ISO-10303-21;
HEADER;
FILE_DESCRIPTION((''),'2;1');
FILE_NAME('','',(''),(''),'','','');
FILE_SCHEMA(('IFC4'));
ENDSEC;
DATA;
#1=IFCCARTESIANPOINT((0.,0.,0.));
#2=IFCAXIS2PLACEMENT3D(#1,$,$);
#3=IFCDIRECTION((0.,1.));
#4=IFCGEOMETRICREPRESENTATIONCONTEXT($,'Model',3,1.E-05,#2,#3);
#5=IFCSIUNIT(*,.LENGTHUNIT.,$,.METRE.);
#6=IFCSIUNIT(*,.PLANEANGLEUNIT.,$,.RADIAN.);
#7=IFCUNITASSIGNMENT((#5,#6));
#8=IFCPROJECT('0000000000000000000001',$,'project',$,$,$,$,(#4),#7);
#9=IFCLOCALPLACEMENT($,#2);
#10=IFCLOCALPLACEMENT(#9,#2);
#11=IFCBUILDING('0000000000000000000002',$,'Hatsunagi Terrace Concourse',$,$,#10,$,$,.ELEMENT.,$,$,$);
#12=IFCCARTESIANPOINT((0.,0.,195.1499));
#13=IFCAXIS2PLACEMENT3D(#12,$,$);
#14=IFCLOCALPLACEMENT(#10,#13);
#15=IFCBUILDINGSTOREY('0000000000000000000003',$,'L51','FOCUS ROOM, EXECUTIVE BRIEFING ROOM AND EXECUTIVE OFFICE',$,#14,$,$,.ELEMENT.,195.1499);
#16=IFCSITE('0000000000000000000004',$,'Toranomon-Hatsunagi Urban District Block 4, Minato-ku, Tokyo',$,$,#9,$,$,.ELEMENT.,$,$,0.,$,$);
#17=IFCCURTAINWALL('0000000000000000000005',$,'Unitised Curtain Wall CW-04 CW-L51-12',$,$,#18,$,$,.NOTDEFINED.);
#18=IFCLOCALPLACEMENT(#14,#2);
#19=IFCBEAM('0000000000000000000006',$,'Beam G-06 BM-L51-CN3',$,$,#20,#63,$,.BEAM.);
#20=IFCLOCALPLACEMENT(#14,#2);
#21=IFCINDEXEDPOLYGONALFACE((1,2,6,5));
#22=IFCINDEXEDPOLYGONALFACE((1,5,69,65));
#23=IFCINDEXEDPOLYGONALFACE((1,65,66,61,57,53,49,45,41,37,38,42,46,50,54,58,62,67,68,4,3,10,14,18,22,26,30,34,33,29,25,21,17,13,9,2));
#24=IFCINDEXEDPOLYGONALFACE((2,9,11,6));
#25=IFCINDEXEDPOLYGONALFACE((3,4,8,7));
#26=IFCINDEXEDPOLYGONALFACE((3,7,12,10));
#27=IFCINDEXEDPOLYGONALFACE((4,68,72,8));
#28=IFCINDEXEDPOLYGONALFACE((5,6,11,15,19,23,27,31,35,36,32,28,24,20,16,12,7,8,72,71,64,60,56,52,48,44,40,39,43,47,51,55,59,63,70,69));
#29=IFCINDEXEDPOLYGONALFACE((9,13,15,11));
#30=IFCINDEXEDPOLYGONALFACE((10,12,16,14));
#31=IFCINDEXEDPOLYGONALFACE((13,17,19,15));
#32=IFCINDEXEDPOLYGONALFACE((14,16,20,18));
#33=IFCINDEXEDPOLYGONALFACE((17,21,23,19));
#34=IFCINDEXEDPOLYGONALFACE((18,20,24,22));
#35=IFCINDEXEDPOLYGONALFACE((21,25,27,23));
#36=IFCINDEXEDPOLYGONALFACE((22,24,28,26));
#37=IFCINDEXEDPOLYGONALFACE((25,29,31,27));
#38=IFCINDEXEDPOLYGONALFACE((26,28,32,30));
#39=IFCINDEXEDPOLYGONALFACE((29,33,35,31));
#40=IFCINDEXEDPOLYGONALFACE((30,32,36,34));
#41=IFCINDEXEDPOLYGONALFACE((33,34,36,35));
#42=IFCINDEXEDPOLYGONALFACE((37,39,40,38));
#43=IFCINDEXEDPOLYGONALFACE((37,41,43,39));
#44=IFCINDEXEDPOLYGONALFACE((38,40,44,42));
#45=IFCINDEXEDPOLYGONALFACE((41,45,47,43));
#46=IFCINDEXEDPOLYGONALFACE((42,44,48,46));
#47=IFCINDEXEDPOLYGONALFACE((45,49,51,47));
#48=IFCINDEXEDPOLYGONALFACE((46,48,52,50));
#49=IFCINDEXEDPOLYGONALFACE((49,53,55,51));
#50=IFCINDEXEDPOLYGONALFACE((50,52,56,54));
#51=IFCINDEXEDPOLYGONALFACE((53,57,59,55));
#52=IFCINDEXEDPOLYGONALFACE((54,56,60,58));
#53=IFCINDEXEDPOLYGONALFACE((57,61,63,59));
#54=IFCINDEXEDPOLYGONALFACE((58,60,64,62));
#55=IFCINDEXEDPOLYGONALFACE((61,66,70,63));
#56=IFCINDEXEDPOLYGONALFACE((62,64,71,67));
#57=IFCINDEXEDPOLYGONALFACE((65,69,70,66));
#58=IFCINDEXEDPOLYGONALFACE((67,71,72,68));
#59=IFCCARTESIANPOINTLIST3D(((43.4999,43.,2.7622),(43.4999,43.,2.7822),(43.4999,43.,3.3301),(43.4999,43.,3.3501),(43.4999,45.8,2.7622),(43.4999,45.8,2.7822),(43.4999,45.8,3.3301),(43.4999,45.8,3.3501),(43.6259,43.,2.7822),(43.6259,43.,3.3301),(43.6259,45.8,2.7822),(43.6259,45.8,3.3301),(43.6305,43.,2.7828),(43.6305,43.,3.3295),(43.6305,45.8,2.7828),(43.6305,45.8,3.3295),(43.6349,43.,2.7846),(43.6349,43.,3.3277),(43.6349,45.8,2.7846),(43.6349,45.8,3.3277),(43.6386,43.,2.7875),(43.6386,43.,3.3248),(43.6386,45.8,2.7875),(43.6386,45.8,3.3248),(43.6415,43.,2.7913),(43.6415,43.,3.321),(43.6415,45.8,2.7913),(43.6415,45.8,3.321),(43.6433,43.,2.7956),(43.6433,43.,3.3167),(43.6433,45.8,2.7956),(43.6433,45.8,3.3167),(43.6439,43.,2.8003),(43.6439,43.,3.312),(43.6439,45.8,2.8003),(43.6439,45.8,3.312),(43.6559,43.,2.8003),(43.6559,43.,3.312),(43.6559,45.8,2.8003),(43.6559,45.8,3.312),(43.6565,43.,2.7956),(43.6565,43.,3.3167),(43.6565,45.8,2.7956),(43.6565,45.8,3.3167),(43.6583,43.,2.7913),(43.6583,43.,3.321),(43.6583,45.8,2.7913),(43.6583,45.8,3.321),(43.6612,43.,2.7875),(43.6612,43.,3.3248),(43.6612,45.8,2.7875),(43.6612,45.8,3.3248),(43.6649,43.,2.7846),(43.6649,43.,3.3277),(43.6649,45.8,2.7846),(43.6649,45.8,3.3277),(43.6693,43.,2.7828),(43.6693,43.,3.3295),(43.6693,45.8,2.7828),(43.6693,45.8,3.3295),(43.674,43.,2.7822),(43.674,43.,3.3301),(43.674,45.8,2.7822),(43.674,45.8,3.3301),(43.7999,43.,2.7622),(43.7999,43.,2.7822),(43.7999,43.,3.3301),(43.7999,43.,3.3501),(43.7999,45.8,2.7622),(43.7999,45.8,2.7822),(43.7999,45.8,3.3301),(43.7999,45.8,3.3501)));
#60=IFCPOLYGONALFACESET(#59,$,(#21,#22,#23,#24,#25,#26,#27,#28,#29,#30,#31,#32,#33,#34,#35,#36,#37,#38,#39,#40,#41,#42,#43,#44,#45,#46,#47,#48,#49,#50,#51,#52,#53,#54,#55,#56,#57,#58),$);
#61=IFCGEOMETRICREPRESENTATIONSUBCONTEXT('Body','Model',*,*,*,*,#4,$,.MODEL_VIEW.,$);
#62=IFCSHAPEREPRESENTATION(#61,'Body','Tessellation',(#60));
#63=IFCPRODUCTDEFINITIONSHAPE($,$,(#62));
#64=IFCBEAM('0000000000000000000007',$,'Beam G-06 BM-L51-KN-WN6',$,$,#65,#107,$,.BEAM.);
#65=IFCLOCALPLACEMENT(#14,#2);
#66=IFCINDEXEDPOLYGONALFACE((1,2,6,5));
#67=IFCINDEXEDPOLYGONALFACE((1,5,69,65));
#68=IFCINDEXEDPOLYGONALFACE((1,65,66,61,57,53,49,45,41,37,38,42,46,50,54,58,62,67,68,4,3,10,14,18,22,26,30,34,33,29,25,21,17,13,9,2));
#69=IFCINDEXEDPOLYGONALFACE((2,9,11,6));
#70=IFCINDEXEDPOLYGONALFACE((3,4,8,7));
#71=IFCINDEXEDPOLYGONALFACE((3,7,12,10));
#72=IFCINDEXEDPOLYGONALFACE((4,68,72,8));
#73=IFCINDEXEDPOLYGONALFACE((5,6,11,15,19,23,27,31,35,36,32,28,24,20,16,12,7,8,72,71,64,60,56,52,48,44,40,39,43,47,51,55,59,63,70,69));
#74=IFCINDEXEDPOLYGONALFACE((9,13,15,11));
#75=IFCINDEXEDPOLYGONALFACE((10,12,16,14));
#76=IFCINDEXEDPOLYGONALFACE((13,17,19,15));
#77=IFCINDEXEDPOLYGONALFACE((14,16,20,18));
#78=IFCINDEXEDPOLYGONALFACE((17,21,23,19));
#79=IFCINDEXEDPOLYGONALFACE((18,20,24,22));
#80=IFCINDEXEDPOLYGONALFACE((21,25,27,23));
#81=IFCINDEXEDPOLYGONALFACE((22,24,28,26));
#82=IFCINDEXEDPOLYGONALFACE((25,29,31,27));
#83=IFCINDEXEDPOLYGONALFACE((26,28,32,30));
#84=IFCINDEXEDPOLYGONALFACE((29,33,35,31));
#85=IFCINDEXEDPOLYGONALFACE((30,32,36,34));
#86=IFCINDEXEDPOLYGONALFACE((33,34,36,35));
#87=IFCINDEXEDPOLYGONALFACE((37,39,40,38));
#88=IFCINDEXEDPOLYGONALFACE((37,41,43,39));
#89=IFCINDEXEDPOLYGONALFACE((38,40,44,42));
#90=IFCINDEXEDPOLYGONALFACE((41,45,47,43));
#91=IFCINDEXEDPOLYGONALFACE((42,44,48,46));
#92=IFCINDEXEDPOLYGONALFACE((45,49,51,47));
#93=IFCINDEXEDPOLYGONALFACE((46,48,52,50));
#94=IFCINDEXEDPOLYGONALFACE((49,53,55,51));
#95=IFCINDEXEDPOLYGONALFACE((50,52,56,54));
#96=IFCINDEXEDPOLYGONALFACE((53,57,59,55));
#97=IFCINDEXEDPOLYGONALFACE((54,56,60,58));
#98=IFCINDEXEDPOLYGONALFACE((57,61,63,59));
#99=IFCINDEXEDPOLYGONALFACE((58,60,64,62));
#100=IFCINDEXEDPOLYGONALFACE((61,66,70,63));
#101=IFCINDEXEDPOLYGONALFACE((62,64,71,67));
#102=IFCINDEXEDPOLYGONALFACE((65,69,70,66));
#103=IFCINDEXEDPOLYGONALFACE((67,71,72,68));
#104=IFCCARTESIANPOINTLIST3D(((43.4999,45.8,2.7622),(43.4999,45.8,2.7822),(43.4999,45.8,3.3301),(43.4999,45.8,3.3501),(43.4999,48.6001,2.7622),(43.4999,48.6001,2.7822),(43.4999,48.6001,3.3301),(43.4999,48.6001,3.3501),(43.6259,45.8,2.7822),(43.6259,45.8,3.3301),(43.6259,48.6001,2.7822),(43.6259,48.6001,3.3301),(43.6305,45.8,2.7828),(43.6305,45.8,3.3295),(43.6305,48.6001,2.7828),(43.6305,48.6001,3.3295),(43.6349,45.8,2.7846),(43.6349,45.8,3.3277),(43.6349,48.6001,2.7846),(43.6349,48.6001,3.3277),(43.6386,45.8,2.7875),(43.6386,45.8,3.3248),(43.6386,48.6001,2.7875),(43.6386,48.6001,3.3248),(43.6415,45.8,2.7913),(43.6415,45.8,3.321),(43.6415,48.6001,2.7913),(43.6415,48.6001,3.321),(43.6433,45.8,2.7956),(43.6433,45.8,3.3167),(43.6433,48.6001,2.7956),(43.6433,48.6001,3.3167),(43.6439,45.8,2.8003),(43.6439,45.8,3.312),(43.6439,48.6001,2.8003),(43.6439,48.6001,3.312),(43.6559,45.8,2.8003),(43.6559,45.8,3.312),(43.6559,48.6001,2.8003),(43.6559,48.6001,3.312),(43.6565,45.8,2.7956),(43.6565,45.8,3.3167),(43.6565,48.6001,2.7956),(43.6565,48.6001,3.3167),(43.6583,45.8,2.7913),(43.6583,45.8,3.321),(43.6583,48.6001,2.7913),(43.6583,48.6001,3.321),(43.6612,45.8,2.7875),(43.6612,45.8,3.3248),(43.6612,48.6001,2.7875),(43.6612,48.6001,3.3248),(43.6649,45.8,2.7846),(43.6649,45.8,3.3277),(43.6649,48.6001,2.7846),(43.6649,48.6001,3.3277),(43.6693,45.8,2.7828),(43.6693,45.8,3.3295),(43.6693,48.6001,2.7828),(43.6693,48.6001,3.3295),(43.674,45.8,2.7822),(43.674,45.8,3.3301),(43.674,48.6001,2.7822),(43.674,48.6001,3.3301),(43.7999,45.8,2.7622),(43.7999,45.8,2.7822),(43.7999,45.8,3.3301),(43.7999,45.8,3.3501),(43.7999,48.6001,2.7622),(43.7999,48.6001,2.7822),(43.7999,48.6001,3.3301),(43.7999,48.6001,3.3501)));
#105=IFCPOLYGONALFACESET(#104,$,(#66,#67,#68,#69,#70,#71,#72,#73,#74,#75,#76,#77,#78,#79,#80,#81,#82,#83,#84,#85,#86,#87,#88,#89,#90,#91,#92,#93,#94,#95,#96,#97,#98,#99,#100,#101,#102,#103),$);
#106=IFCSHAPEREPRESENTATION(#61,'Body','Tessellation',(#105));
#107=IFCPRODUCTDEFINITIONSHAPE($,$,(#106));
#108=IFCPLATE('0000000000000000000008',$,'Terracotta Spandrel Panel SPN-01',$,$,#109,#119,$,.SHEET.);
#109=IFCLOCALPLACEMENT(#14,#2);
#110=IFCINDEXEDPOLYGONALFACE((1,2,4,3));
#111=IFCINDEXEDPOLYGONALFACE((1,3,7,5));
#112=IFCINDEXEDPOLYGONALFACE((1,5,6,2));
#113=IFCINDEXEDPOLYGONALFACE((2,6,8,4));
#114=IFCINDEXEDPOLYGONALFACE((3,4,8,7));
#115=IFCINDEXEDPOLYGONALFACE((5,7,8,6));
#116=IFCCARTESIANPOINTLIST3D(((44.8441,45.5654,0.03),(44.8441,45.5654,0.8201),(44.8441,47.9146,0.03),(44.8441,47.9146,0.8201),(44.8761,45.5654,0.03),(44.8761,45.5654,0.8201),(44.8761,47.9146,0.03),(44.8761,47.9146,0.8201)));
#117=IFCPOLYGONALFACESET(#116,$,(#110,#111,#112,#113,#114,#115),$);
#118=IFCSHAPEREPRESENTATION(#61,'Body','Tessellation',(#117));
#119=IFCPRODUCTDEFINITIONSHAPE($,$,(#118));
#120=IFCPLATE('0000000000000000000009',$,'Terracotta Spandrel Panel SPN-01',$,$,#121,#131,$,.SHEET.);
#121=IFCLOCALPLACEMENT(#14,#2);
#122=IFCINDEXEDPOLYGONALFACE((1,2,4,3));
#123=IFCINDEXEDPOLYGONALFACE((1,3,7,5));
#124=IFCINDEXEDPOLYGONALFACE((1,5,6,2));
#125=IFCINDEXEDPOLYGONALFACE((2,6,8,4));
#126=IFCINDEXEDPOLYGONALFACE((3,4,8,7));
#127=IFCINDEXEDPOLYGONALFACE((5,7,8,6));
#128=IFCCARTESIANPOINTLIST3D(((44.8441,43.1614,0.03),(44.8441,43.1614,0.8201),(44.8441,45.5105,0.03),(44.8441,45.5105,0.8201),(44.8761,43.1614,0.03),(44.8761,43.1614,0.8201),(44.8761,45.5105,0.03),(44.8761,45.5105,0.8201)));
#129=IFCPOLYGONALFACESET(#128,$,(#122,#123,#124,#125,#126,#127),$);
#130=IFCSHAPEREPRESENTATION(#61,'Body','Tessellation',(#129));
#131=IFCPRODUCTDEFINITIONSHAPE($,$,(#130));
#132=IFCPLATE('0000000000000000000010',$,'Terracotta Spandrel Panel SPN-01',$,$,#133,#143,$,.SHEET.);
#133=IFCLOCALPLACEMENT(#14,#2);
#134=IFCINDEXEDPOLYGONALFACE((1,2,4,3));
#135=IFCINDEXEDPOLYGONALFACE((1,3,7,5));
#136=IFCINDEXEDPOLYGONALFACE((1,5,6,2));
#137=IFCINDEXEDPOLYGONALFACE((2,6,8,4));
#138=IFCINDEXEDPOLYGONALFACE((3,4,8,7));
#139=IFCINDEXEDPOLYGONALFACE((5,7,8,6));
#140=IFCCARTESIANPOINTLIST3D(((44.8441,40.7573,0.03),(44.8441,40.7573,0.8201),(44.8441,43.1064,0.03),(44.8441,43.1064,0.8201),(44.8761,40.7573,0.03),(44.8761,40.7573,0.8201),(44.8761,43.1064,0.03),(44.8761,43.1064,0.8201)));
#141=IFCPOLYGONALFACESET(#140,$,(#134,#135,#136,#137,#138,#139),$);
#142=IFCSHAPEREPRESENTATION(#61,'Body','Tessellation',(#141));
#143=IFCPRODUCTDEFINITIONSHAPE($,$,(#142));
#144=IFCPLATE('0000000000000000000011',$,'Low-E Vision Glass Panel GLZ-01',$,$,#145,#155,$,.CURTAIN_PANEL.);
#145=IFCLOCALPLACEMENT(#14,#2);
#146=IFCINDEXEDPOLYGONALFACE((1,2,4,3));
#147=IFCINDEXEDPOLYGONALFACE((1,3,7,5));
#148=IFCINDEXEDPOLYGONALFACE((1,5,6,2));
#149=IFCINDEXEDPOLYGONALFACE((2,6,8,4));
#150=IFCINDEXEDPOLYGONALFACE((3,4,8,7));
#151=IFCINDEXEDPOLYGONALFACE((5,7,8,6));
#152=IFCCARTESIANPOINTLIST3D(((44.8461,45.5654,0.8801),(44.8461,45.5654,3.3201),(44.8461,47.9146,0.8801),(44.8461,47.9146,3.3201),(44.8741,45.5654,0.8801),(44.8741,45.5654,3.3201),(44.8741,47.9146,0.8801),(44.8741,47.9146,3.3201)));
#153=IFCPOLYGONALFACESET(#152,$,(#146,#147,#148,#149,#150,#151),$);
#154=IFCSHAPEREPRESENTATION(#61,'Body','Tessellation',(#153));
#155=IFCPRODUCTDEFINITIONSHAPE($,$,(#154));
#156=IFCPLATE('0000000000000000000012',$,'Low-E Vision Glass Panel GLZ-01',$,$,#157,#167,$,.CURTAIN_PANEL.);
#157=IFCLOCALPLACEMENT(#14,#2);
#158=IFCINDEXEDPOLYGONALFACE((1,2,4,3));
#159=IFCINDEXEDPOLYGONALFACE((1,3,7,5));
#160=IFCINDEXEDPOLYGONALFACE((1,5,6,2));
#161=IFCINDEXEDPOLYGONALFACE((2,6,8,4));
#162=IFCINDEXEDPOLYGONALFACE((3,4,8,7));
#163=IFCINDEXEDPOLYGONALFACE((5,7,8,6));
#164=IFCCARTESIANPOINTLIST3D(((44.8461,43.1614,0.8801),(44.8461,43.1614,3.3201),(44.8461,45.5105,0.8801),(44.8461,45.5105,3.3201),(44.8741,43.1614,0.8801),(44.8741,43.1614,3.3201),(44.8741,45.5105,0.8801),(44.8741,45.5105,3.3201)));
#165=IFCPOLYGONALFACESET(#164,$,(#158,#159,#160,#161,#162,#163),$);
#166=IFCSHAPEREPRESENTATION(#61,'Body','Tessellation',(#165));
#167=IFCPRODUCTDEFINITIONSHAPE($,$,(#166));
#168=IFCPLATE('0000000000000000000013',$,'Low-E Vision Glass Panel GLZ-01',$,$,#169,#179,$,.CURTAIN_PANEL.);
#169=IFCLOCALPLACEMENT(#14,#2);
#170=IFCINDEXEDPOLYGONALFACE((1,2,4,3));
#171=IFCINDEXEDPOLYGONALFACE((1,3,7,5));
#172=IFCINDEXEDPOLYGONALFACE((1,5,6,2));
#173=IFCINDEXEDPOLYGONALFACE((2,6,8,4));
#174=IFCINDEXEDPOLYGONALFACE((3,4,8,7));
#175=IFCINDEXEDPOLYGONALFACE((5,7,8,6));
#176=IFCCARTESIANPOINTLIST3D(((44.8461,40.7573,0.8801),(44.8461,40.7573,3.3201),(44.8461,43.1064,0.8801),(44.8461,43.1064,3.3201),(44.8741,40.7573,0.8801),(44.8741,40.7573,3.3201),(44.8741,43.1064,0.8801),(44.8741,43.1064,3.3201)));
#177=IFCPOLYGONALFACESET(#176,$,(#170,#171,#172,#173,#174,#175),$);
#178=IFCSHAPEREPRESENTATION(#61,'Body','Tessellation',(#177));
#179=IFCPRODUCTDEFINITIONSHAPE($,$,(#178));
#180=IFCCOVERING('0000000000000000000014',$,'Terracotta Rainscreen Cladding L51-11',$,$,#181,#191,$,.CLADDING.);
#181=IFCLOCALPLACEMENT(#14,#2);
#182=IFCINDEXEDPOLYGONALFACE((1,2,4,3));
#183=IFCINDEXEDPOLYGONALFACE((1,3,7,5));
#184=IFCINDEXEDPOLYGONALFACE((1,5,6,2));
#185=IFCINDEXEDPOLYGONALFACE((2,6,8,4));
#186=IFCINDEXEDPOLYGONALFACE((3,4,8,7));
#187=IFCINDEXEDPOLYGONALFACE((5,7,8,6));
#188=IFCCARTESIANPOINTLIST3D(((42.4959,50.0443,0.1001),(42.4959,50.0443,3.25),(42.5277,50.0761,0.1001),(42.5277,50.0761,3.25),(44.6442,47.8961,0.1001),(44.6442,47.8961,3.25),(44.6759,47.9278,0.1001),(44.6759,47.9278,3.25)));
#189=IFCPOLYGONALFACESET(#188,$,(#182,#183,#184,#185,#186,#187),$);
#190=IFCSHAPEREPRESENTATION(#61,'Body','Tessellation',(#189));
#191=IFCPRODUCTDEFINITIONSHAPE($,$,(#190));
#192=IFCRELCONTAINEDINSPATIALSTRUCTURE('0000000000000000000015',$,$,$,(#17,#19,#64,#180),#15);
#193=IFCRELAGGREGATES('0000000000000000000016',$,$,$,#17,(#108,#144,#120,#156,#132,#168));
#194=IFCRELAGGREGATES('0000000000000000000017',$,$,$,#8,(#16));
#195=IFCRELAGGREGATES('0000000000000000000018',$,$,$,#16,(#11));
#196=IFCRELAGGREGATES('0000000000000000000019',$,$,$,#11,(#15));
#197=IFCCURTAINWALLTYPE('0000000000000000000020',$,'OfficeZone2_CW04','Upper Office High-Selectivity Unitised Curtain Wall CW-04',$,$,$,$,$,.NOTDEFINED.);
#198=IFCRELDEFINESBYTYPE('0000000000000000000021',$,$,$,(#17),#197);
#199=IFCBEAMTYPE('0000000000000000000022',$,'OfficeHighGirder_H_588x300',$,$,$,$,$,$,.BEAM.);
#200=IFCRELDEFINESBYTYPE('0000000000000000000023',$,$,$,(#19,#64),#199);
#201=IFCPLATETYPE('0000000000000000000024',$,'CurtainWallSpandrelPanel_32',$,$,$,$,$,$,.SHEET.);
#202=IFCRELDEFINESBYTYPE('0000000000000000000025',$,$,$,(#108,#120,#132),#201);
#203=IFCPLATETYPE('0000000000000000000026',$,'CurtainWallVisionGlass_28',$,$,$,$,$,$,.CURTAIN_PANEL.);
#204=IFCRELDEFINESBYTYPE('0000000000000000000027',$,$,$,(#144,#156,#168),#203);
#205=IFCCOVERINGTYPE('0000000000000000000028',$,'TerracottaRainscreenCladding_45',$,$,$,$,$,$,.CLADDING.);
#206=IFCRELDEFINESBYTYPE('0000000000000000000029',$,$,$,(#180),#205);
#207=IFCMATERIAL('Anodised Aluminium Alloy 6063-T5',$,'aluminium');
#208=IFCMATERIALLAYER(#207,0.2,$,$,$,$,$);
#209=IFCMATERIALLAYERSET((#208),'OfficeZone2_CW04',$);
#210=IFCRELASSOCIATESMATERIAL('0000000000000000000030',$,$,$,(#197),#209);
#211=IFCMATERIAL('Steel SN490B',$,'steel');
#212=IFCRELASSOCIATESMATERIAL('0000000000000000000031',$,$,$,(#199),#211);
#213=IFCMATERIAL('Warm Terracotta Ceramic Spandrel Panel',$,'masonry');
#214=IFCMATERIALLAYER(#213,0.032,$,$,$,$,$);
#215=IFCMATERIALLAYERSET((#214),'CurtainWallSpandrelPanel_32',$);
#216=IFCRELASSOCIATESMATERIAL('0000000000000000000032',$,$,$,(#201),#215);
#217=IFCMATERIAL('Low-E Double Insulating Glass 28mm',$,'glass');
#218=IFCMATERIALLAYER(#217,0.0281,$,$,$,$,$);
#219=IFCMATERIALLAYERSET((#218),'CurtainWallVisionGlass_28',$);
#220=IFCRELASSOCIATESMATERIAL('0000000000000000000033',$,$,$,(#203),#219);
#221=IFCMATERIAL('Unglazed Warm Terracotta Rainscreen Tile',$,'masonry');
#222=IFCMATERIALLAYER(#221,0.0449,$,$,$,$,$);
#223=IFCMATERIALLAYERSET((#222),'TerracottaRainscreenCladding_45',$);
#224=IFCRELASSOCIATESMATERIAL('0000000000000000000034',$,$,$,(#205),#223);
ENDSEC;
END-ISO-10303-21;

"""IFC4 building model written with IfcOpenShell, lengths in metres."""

from ifc_helpers import new_model, si_unit, direction, frame, origin, origin_2d, place, context, subcontext, project, spatial, rectangle, i_section, extrude, material, layer, layer_set, material_profile, profile_set, type_object, element, aggregate, save


model = new_model("IFC4")

# Units and contexts
model_context = context("Model", 3, precision=1e-05, world=origin(), true_north=direction((0.0, 1.0)))
body_context = subcontext(model_context, "Body", "Model", "MODEL_VIEW")
ifc_project = project(units=[si_unit("LENGTHUNIT", "METRE"), si_unit("PLANEANGLEUNIT", "RADIAN")], contexts=[model_context])

# Site, building, storey
site_placement = place(None, origin())
site = spatial("IfcSite", under=ifc_project, at=site_placement, Name="Toranomon-Hatsunagi Urban District Block 4, Minato-ku, Tokyo", CompositionType="ELEMENT", RefElevation=0.0)
building_placement = place(site_placement, origin())
building = spatial("IfcBuilding", under=site, at=building_placement, Name="Hatsunagi Terrace Concourse", CompositionType="ELEMENT")
storey_placement = place(building_placement, frame((0.0, 0.0, 195.1499)))
storey = spatial("IfcBuildingStorey", under=building, at=storey_placement, Name="L51", Description="FOCUS ROOM, EXECUTIVE BRIEFING ROOM AND EXECUTIVE OFFICE", CompositionType="ELEMENT", Elevation=195.1499)

# Curtain wall
ifc_material_1 = material(Name="Anodised Aluminium Alloy 6063-T5", Category="aluminium")
ifc_layer_1 = layer(ifc_material_1, 0.2)
ifc_layer_set_1 = layer_set([ifc_layer_1], Name="OfficeZone2_CW04")
curtain_wall_type = type_object("IfcCurtainWallType", Name="OfficeZone2_CW04", Description="Upper Office High-Selectivity Unitised Curtain Wall CW-04", PredefinedType="NOTDEFINED", material=ifc_layer_set_1)
curtain_wall_placement = place(storey_placement, origin())
curtain_wall = element("IfcCurtainWall", 1, at=curtain_wall_placement, inside=storey, type_object=curtain_wall_type, Name="Unitised Curtain Wall CW-04 CW-L51-12", PredefinedType="NOTDEFINED")

# Beams
ifc_material_2 = material(Name="Steel SN490B", Category="steel")
ifc_material_profile_1 = material_profile(ifc_material_2, i_section(OverallWidth=0.3, OverallDepth=0.5879, WebThickness=0.012, FlangeThickness=0.02, FilletRadius=0.0181, at=origin_2d()), Name="H-588x300x12x20")
ifc_profile_set_1 = profile_set([ifc_material_profile_1], Name="Steel SN490B")
beam_type = type_object("IfcBeamType", Name="OfficeHighGirder_H_588x300", PredefinedType="BEAM", material=ifc_profile_set_1)
for number, where, z_axis, x_axis, name in (
    (2, (43.6499, 43.0, 3.0562), (0.0, 1.0, 0.0), (-1.0, 0.0, 0.0), "Beam G-06 BM-L51-CN3"),
    (3, (43.6499, 45.8, 3.0562), (0.0, 1.0, 0.0), (-1.0, 0.0, 0.0), "Beam G-06 BM-L51-KN-WN6"),
):
    element("IfcBeam", number, at=place(storey_placement, frame(where, z_axis=z_axis, x_axis=x_axis)), inside=storey, type_object=beam_type, Name=name, PredefinedType="BEAM", context=body_context, shape_type="SweptSolid", body=[
        extrude(i_section(OverallWidth=0.3, OverallDepth=0.5879, WebThickness=0.012, FlangeThickness=0.02, FilletRadius=0.0181, at=origin_2d()), origin(), (0.0, 0.0, 1.0), 2.8),
    ])

# Plates
ifc_material_3 = material(Name="Warm Terracotta Ceramic Spandrel Panel", Category="masonry")
ifc_layer_2 = layer(ifc_material_3, 0.032)
ifc_layer_set_2 = layer_set([ifc_layer_2], Name="CurtainWallSpandrelPanel_32")
plate_type_1 = type_object("IfcPlateType", Name="CurtainWallSpandrelPanel_32", PredefinedType="SHEET", material=ifc_layer_set_2)
plate_1_placement = place(storey_placement, frame((44.8601, 46.74, 0.03), z_axis=(0.0, 0.0, 1.0), x_axis=(0.0, -1.0, 0.0)))
plate_1 = element("IfcPlate", 4, at=plate_1_placement, type_object=plate_type_1, Name="Terracotta Spandrel Panel SPN-01", PredefinedType="SHEET", context=body_context, shape_type="SweptSolid", body=[
    extrude(rectangle(XDim=2.3491, YDim=0.032, at=origin_2d()), origin(), (0.0, 0.0, 1.0), 0.79),
])
plate_2_placement = place(storey_placement, frame((44.8601, 44.3359, 0.03), z_axis=(0.0, 0.0, 1.0), x_axis=(0.0, -1.0, 0.0)))
plate_2 = element("IfcPlate", 5, at=plate_2_placement, type_object=plate_type_1, Name="Terracotta Spandrel Panel SPN-01", PredefinedType="SHEET", context=body_context, shape_type="SweptSolid", body=[
    extrude(rectangle(XDim=2.3491, YDim=0.032, at=origin_2d()), origin(), (0.0, 0.0, 1.0), 0.79),
])
plate_3_placement = place(storey_placement, frame((44.8601, 41.9319, 0.03), z_axis=(0.0, 0.0, 1.0), x_axis=(0.0, -1.0, 0.0)))
plate_3 = element("IfcPlate", 6, at=plate_3_placement, type_object=plate_type_1, Name="Terracotta Spandrel Panel SPN-01", PredefinedType="SHEET", context=body_context, shape_type="SweptSolid", body=[
    extrude(rectangle(XDim=2.3491, YDim=0.032, at=origin_2d()), origin(), (0.0, 0.0, 1.0), 0.79),
])
ifc_material_4 = material(Name="Low-E Double Insulating Glass 28mm", Category="glass")
ifc_layer_3 = layer(ifc_material_4, 0.0281)
ifc_layer_set_3 = layer_set([ifc_layer_3], Name="CurtainWallVisionGlass_28")
plate_type_2 = type_object("IfcPlateType", Name="CurtainWallVisionGlass_28", PredefinedType="CURTAIN_PANEL", material=ifc_layer_set_3)
plate_4_placement = place(storey_placement, frame((44.8601, 46.74, 0.8801), z_axis=(0.0, 0.0, 1.0), x_axis=(0.0, -1.0, 0.0)))
plate_4 = element("IfcPlate", 7, at=plate_4_placement, type_object=plate_type_2, Name="Low-E Vision Glass Panel GLZ-01", PredefinedType="CURTAIN_PANEL", context=body_context, shape_type="SweptSolid", body=[
    extrude(rectangle(XDim=2.3491, YDim=0.0281, at=origin_2d()), origin(), (0.0, 0.0, 1.0), 2.4399),
])
plate_5_placement = place(storey_placement, frame((44.8601, 44.3359, 0.8801), z_axis=(0.0, 0.0, 1.0), x_axis=(0.0, -1.0, 0.0)))
plate_5 = element("IfcPlate", 8, at=plate_5_placement, type_object=plate_type_2, Name="Low-E Vision Glass Panel GLZ-01", PredefinedType="CURTAIN_PANEL", context=body_context, shape_type="SweptSolid", body=[
    extrude(rectangle(XDim=2.3491, YDim=0.0281, at=origin_2d()), origin(), (0.0, 0.0, 1.0), 2.4399),
])
plate_6_placement = place(storey_placement, frame((44.8601, 41.9319, 0.8801), z_axis=(0.0, 0.0, 1.0), x_axis=(0.0, -1.0, 0.0)))
plate_6 = element("IfcPlate", 9, at=plate_6_placement, type_object=plate_type_2, Name="Low-E Vision Glass Panel GLZ-01", PredefinedType="CURTAIN_PANEL", context=body_context, shape_type="SweptSolid", body=[
    extrude(rectangle(XDim=2.3491, YDim=0.0281, at=origin_2d()), origin(), (0.0, 0.0, 1.0), 2.4399),
])
aggregate(curtain_wall, [plate_1, plate_4, plate_2, plate_5, plate_3, plate_6])

# Covering
ifc_material_5 = material(Name="Unglazed Warm Terracotta Rainscreen Tile", Category="masonry")
ifc_layer_4 = layer(ifc_material_5, 0.0449)
ifc_layer_set_4 = layer_set([ifc_layer_4], Name="TerracottaRainscreenCladding_45")
covering_type = type_object("IfcCoveringType", Name="TerracottaRainscreenCladding_45", PredefinedType="CLADDING", material=ifc_layer_set_4)
covering_placement = place(storey_placement, frame((43.5859, 48.9861, 0.1001), z_axis=(0.0, 0.0, 1.0), x_axis=(0.707107, -0.707107, 0.0)))
element("IfcCovering", 10, at=covering_placement, inside=storey, type_object=covering_type, Name="Terracotta Rainscreen Cladding L51-11", PredefinedType="CLADDING", context=body_context, shape_type="SweptSolid", body=[
    extrude(rectangle(XDim=3.0381, YDim=0.0449, at=origin_2d()), origin(), (0.0, 0.0, 1.0), 3.1499),
])

save(model, "model.ifc")
